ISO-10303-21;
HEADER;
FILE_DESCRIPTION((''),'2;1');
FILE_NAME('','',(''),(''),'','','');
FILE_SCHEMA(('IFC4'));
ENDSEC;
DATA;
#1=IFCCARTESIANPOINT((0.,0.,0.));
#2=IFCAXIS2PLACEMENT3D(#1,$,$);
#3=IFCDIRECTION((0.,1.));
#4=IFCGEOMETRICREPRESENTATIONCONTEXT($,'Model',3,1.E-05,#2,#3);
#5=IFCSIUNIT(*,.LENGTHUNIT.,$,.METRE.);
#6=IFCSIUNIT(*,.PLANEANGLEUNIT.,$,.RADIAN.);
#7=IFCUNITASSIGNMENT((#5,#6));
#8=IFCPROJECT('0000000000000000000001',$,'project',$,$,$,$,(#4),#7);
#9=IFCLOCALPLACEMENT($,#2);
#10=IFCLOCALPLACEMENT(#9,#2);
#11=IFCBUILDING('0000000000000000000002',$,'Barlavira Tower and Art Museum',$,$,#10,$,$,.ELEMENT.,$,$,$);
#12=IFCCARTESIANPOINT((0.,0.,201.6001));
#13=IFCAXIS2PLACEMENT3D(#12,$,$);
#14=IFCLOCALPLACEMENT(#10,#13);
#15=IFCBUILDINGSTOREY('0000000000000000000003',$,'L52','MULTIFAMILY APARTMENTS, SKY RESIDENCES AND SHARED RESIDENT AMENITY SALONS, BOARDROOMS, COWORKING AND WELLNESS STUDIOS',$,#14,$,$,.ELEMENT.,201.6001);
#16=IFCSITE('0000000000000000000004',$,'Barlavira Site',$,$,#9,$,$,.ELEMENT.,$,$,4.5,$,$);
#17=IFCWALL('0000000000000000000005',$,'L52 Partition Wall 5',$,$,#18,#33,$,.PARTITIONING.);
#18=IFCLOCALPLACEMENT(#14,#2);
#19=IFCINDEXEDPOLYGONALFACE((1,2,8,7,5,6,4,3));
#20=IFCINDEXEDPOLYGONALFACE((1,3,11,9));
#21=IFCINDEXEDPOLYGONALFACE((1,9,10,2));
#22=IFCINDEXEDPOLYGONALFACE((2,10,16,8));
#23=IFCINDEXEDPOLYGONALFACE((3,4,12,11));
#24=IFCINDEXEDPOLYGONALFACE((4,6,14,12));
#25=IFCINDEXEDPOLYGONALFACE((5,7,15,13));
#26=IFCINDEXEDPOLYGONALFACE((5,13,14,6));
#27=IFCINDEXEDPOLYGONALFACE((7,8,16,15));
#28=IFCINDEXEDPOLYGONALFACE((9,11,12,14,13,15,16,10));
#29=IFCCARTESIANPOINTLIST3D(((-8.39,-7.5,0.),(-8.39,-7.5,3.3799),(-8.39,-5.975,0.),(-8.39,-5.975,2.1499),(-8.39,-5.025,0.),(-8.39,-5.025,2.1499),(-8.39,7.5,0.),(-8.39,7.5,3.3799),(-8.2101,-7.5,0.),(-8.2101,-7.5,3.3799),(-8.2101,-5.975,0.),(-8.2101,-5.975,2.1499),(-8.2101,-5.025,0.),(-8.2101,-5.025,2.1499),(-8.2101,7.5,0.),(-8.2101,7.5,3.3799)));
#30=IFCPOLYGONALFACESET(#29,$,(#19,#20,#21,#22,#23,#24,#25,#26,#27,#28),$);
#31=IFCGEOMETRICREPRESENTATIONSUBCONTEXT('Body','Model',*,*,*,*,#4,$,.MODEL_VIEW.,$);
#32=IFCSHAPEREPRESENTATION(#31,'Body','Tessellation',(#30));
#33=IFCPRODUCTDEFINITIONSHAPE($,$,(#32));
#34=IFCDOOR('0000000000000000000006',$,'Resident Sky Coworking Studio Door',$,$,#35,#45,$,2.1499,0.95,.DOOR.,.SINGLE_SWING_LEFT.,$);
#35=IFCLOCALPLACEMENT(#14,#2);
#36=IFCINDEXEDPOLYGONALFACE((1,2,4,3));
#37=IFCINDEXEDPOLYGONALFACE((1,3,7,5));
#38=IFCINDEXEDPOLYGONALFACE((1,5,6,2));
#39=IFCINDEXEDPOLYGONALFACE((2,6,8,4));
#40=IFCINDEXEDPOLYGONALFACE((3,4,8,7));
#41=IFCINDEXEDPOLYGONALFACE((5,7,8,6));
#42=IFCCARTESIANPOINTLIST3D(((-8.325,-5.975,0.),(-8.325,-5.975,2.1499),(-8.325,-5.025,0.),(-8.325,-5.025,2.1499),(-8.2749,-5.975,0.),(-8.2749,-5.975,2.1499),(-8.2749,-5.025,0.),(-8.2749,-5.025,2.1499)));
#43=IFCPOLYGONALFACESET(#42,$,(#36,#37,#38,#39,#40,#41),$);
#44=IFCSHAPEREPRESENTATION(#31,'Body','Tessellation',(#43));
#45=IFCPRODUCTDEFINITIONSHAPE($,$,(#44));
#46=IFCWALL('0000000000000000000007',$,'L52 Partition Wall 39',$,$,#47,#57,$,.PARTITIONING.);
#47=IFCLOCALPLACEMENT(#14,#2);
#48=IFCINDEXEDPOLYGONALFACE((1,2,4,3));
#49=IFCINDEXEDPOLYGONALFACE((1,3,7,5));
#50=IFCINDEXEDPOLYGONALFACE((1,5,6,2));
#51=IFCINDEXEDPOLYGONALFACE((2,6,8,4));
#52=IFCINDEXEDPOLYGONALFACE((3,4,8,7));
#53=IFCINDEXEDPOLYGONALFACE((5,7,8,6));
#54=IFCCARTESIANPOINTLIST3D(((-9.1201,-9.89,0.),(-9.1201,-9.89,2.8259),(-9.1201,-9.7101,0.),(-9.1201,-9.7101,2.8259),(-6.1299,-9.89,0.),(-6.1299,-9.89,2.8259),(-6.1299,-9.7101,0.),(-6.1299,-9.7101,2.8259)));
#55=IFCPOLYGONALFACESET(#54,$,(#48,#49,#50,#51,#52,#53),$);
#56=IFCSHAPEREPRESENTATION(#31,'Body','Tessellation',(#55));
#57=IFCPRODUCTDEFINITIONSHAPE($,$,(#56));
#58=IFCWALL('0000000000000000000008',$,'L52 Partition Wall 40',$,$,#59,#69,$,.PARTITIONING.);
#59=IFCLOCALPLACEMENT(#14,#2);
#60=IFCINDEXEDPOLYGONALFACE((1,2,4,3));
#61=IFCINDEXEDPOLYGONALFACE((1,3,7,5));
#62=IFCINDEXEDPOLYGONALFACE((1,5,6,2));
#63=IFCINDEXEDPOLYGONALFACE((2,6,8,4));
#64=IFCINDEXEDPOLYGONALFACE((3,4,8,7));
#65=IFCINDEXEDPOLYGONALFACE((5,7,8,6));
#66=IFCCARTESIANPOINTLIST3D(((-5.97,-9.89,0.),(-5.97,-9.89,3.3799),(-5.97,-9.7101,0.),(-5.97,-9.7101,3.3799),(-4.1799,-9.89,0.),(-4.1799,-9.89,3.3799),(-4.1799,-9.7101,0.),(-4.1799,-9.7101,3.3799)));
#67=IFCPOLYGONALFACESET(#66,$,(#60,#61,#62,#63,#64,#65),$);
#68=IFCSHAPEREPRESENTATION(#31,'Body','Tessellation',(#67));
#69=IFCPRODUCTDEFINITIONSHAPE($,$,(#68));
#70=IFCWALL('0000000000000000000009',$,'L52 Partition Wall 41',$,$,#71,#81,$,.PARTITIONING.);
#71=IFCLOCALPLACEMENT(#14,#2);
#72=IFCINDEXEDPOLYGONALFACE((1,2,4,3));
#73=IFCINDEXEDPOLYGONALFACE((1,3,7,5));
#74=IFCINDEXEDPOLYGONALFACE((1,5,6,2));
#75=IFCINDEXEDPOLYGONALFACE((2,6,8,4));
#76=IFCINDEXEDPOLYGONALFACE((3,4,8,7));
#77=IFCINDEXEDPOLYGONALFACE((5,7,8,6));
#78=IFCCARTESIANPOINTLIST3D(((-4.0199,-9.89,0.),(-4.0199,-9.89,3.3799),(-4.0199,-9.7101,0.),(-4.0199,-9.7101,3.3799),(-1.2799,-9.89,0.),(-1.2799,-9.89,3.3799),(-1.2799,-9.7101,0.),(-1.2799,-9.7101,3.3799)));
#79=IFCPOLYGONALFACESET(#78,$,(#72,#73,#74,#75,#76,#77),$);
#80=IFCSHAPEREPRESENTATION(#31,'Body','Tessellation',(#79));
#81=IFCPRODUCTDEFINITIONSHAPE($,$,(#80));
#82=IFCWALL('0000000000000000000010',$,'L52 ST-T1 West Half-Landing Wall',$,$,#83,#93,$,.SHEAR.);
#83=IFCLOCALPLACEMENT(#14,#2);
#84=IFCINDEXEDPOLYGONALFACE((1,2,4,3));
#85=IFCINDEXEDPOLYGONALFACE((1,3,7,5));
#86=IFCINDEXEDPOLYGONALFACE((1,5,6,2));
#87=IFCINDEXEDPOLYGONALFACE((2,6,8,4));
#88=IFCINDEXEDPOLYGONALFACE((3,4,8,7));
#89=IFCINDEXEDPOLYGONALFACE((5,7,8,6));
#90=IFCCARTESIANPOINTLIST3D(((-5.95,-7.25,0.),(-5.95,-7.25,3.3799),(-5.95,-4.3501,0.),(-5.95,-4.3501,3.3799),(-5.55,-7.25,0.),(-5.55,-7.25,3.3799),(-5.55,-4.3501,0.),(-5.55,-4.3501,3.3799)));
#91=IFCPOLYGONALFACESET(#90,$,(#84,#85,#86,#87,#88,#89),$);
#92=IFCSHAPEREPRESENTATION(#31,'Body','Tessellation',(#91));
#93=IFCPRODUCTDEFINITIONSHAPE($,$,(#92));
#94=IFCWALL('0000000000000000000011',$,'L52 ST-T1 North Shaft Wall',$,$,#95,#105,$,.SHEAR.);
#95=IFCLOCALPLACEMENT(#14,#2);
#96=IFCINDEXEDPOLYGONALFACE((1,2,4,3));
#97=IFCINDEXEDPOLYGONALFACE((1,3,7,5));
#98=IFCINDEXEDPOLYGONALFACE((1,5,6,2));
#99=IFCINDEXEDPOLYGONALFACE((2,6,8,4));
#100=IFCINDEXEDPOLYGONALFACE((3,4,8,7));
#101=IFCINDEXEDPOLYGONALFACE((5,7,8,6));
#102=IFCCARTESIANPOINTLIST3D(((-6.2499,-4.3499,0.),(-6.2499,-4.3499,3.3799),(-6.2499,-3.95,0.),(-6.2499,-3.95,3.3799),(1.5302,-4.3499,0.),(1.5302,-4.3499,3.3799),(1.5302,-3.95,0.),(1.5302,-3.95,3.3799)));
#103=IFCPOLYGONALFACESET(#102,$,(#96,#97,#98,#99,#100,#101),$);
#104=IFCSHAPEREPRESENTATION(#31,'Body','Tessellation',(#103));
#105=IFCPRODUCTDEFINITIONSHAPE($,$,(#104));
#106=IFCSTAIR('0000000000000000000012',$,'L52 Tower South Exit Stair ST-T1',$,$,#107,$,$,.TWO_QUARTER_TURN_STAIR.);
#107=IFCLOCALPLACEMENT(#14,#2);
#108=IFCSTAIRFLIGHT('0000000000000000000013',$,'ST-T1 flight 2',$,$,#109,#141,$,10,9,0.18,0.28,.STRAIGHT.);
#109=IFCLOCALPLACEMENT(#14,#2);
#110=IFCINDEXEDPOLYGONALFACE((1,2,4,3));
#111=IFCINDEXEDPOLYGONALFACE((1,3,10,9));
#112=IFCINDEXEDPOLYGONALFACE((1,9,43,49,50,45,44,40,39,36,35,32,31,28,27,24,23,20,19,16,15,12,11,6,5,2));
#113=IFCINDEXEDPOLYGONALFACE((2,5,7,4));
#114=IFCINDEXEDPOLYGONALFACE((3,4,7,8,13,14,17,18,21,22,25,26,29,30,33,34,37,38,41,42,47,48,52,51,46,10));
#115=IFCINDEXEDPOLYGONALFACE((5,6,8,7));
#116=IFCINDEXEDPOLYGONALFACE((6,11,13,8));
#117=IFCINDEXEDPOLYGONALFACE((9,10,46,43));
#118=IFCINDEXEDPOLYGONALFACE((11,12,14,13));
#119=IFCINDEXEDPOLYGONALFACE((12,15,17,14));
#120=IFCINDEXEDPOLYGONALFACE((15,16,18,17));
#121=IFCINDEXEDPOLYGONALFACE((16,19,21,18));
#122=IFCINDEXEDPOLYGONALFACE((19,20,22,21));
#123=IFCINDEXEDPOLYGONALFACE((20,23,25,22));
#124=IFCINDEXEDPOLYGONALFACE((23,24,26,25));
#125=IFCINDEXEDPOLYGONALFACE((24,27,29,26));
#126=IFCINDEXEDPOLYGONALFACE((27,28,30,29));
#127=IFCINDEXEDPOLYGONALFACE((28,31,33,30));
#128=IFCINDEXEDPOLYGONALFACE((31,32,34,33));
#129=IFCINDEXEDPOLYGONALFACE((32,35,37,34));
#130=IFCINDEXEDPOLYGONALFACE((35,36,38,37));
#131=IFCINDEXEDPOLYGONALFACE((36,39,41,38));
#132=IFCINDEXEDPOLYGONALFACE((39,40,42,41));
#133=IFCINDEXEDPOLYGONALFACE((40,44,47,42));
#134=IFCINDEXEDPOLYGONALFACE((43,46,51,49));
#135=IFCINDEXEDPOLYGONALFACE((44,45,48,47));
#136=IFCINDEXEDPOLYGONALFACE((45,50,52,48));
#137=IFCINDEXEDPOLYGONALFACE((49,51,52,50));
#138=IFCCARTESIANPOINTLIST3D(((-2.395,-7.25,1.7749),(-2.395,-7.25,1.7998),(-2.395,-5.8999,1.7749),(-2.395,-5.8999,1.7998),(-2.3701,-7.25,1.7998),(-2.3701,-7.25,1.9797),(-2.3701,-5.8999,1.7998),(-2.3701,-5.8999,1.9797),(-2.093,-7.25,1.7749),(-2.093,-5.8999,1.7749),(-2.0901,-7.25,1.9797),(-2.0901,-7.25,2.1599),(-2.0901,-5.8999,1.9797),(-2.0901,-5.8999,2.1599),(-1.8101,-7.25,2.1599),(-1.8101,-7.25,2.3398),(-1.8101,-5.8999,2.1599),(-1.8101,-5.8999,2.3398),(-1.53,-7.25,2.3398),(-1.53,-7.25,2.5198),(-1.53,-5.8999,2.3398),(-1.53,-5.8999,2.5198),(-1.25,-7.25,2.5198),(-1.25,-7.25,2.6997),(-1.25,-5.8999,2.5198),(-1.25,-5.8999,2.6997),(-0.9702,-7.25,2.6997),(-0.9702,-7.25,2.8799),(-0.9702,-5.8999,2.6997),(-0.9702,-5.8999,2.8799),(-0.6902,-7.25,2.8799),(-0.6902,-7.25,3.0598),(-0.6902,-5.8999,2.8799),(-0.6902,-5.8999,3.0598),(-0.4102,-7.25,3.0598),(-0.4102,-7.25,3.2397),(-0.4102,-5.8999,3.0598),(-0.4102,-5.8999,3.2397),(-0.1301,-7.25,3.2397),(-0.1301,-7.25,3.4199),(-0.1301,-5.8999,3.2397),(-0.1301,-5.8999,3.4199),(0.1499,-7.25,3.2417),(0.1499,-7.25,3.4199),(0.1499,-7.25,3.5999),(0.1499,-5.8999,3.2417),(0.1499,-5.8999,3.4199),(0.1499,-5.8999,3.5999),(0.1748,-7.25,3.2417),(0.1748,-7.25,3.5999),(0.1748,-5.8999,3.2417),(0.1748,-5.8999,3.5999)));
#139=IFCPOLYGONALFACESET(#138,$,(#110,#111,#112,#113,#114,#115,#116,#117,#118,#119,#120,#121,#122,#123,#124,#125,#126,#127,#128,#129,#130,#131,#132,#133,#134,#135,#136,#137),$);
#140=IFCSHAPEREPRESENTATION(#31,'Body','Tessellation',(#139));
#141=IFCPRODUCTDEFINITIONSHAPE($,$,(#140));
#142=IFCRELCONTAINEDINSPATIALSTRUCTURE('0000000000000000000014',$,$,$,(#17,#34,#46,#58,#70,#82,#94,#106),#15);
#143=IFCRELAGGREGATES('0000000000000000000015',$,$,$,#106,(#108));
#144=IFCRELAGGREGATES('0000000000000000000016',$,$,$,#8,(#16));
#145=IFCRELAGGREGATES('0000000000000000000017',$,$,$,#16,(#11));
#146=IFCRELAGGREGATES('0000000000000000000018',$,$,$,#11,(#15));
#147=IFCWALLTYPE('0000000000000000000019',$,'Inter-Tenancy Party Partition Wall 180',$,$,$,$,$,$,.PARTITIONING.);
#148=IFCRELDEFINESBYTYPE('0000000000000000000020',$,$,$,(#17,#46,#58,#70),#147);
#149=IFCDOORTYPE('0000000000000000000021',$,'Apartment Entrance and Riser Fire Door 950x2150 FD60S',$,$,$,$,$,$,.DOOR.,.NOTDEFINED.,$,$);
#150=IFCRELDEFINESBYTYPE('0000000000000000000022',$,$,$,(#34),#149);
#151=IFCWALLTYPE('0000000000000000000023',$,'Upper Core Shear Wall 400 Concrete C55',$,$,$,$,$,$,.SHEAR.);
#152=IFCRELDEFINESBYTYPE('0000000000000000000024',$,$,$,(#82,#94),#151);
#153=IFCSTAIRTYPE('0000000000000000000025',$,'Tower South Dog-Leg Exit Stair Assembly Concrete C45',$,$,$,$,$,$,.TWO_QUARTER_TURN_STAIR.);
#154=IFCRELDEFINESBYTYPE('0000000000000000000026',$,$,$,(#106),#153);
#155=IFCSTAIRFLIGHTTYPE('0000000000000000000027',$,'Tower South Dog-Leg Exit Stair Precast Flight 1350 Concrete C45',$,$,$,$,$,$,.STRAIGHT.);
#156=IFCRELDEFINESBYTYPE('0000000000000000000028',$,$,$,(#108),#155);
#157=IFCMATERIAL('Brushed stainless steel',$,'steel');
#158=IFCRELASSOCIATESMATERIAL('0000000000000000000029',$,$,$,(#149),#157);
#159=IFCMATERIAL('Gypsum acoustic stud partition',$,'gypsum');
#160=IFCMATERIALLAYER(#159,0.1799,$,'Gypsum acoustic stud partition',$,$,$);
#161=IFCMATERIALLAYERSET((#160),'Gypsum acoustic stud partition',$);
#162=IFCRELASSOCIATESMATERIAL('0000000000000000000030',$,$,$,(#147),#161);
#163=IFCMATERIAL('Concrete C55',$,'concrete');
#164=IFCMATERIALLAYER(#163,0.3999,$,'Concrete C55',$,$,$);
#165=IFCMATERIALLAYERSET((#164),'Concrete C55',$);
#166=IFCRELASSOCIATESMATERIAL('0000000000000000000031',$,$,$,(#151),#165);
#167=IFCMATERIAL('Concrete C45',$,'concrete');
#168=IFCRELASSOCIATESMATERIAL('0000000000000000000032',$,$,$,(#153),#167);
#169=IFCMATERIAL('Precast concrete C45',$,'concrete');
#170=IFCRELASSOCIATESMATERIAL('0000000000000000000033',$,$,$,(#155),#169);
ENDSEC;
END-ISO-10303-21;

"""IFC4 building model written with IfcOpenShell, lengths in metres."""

from ifc_helpers import new_model, si_unit, direction, frame, frame_2d, origin, place, context, subcontext, project, spatial, polyline, rectangle, outline, extrude, material, layer, layer_set, type_object, element, fill, aggregate, save


model = new_model("IFC4")

# Units and contexts
model_context = context("Model", 3, precision=1e-05, world=origin(), true_north=direction((0.0, 1.0)))
body_context = subcontext(model_context, "Body", "Model", "MODEL_VIEW")
ifc_project = project(units=[si_unit("LENGTHUNIT", "METRE"), si_unit("PLANEANGLEUNIT", "RADIAN")], contexts=[model_context])

# Site, building, storey
site_placement = place(None, origin())
site = spatial("IfcSite", under=ifc_project, at=site_placement, Name="Barlavira Site", CompositionType="ELEMENT", RefElevation=4.5)
building_placement = place(site_placement, origin())
building = spatial("IfcBuilding", under=site, at=building_placement, Name="Barlavira Tower and Art Museum", CompositionType="ELEMENT")
storey_placement = place(building_placement, frame((0.0, 0.0, 201.6001)))
storey = spatial("IfcBuildingStorey", under=building, at=storey_placement, Name="L52", Description="MULTIFAMILY APARTMENTS, SKY RESIDENCES AND SHARED RESIDENT AMENITY SALONS, BOARDROOMS, COWORKING AND WELLNESS STUDIOS", CompositionType="ELEMENT", Elevation=201.6001)

# Shared definitions
ifc_material_1 = material(Name="Brushed stainless steel", Category="steel")
door_type = type_object("IfcDoorType", Name="Apartment Entrance and Riser Fire Door 950x2150 FD60S", OperationType="NOTDEFINED", PredefinedType="DOOR", material=ifc_material_1)

# Wall, opening, door
ifc_material_2 = material(Name="Gypsum acoustic stud partition", Category="gypsum")
ifc_layer_1 = layer(ifc_material_2, 0.1799, Name="Gypsum acoustic stud partition")
ifc_layer_set_1 = layer_set([ifc_layer_1], Name="Gypsum acoustic stud partition")
wall_type_1 = type_object("IfcWallType", Name="Inter-Tenancy Party Partition Wall 180", PredefinedType="PARTITIONING", material=ifc_layer_set_1)
wall_1_placement = place(storey_placement, frame((-8.3, -7.5, 0.0), z_axis=(0.0, 0.0, 1.0), x_axis=(0.0, 1.0, 0.0)))
wall_1 = element("IfcWall", 1, at=wall_1_placement, inside=storey, type_object=wall_type_1, Name="L52 Partition Wall 5", PredefinedType="PARTITIONING", context=body_context, shape_type="SweptSolid", body=[
    extrude(rectangle(XDim=15.0, YDim=0.1799, at=frame_2d((7.5, 0.0))), origin(), (0.0, 0.0, 1.0), 3.3799),
])
opening_1_placement = place(wall_1_placement, frame((1.5249, 0.0, 0.0)))
opening_1 = element("IfcOpeningElement", 2, at=opening_1_placement, cuts=wall_1, PredefinedType="OPENING", context=body_context, shape_type="SweptSolid", body=[
    extrude(rectangle(XDim=0.95, YDim=2.1499, at=frame_2d((0.4751, 1.075))), frame((0.0, 0.1001, 0.0), z_axis=(0.0, -1.0, 0.0), x_axis=(1.0, 0.0, 0.0)), (0.0, 0.0, 1.0), 0.2),
])
door_1_placement = place(opening_1_placement, origin())
door_1 = element("IfcDoor", 3, at=door_1_placement, inside=storey, type_object=door_type, Name="Resident Sky Coworking Studio Door", OperationType="SINGLE_SWING_LEFT", OverallHeight=2.1499, OverallWidth=0.95, PredefinedType="DOOR", context=body_context, shape_type="SweptSolid", body=[
    extrude(rectangle(XDim=0.95, YDim=2.1499, at=frame_2d((0.4751, 1.075))), frame((0.0, 0.0249, 0.0), z_axis=(0.0, -1.0, 0.0), x_axis=(1.0, 0.0, 0.0)), (0.0, 0.0, 1.0), 0.05),
])
fill(opening_1, door_1)

# Walls
wall_2_placement = place(storey_placement, frame((-9.1201, -9.8, 0.0), z_axis=(0.0, 0.0, 1.0), x_axis=(1.0, 0.0, 0.0)))
element("IfcWall", 4, at=wall_2_placement, inside=storey, type_object=wall_type_1, Name="L52 Partition Wall 39", PredefinedType="PARTITIONING", context=body_context, shape_type="SweptSolid", body=[
    extrude(rectangle(XDim=2.9902, YDim=0.1799, at=frame_2d((1.4951, 0.0))), origin(), (0.0, 0.0, 1.0), 2.8259),
])
wall_3_placement = place(storey_placement, frame((-5.97, -9.8, 0.0), z_axis=(0.0, 0.0, 1.0), x_axis=(1.0, 0.0, 0.0)))
element("IfcWall", 5, at=wall_3_placement, inside=storey, type_object=wall_type_1, Name="L52 Partition Wall 40", PredefinedType="PARTITIONING", context=body_context, shape_type="SweptSolid", body=[
    extrude(rectangle(XDim=1.79, YDim=0.1799, at=frame_2d((0.895, 0.0))), origin(), (0.0, 0.0, 1.0), 3.3799),
])
wall_4_placement = place(storey_placement, frame((-4.02, -9.8, 0.0), z_axis=(0.0, 0.0, 1.0), x_axis=(1.0, 0.0, 0.0)))
element("IfcWall", 6, at=wall_4_placement, inside=storey, type_object=wall_type_1, Name="L52 Partition Wall 41", PredefinedType="PARTITIONING", context=body_context, shape_type="SweptSolid", body=[
    extrude(rectangle(XDim=2.74, YDim=0.1799, at=frame_2d((1.3701, 0.0))), origin(), (0.0, 0.0, 1.0), 3.3799),
])
ifc_material_3 = material(Name="Concrete C55", Category="concrete")
ifc_layer_2 = layer(ifc_material_3, 0.3999, Name="Concrete C55")
ifc_layer_set_2 = layer_set([ifc_layer_2], Name="Concrete C55")
wall_type_2 = type_object("IfcWallType", Name="Upper Core Shear Wall 400 Concrete C55", PredefinedType="SHEAR", material=ifc_layer_set_2)
wall_5_placement = place(storey_placement, frame((-5.75, -7.25, 0.0), z_axis=(0.0, 0.0, 1.0), x_axis=(0.0, 1.0, 0.0)))
element("IfcWall", 7, at=wall_5_placement, inside=storey, type_object=wall_type_2, Name="L52 ST-T1 West Half-Landing Wall", PredefinedType="SHEAR", context=body_context, shape_type="SweptSolid", body=[
    extrude(rectangle(XDim=2.8999, YDim=0.3999, at=frame_2d((1.45, 0.0))), origin(), (0.0, 0.0, 1.0), 3.3799),
])
wall_6_placement = place(storey_placement, frame((-6.25, -4.1499, 0.0), z_axis=(0.0, 0.0, 1.0), x_axis=(1.0, 0.0, 0.0)))
element("IfcWall", 8, at=wall_6_placement, inside=storey, type_object=wall_type_2, Name="L52 ST-T1 North Shaft Wall", PredefinedType="SHEAR", context=body_context, shape_type="SweptSolid", body=[
    extrude(rectangle(XDim=7.78, YDim=0.3999, at=frame_2d((3.8901, 0.0))), origin(), (0.0, 0.0, 1.0), 3.3799),
])

# Stair, stair flight
ifc_material_4 = material(Name="Concrete C45", Category="concrete")
stair_type = type_object("IfcStairType", Name="Tower South Dog-Leg Exit Stair Assembly Concrete C45", PredefinedType="TWO_QUARTER_TURN_STAIR", material=ifc_material_4)
stair_placement = place(storey_placement, origin())
stair = element("IfcStair", 9, at=stair_placement, inside=storey, type_object=stair_type, Name="L52 Tower South Exit Stair ST-T1", PredefinedType="TWO_QUARTER_TURN_STAIR")
ifc_material_5 = material(Name="Precast concrete C45", Category="concrete")
stair_flight_type = type_object("IfcStairFlightType", Name="Tower South Dog-Leg Exit Stair Precast Flight 1350 Concrete C45", PredefinedType="STRAIGHT", material=ifc_material_5)
stair_flight_placement = place(storey_placement, frame((-2.3701, -6.575, 1.7998), z_axis=(0.0, 0.0, 1.0), x_axis=(1.0, 0.0, 0.0)))
stair_flight = element("IfcStairFlight", 10, at=stair_flight_placement, type_object=stair_flight_type, Name="ST-T1 flight 2", NumberOfRisers=10, NumberOfTreads=9, PredefinedType="STRAIGHT", RiserHeight=0.18, TreadLength=0.28, context=body_context, shape_type="SweptSolid", body=[
    extrude(outline(polyline([(-0.0249, 0.0), (0.0, 0.0), (0.0, 0.1799), (0.28, 0.1799), (0.28, 0.3601), (0.5601, 0.3601), (0.5601, 0.54), (0.8401, 0.54), (0.8401, 0.72), (1.1201, 0.72), (1.1201, 0.8999), (1.3999, 0.8999), (1.3999, 1.0801), (1.6799, 1.0801), (1.6799, 1.26), (1.96, 1.26), (1.96, 1.4399), (2.24, 1.4399), (2.24, 1.6201), (2.52, 1.6201), (2.52, 1.8), (2.5449, 1.8), (2.5449, 1.4419), (2.52, 1.4419), (0.2771, -0.0249), (-0.0249, -0.0249), (-0.0249, 0.0)])), frame((0.0, 0.675, 0.0), z_axis=(0.0, -1.0, 0.0), x_axis=(1.0, 0.0, 0.0)), (0.0, 0.0, 1.0), 1.3501),
])
aggregate(stair, [stair_flight])

save(model, "model.ifc")
